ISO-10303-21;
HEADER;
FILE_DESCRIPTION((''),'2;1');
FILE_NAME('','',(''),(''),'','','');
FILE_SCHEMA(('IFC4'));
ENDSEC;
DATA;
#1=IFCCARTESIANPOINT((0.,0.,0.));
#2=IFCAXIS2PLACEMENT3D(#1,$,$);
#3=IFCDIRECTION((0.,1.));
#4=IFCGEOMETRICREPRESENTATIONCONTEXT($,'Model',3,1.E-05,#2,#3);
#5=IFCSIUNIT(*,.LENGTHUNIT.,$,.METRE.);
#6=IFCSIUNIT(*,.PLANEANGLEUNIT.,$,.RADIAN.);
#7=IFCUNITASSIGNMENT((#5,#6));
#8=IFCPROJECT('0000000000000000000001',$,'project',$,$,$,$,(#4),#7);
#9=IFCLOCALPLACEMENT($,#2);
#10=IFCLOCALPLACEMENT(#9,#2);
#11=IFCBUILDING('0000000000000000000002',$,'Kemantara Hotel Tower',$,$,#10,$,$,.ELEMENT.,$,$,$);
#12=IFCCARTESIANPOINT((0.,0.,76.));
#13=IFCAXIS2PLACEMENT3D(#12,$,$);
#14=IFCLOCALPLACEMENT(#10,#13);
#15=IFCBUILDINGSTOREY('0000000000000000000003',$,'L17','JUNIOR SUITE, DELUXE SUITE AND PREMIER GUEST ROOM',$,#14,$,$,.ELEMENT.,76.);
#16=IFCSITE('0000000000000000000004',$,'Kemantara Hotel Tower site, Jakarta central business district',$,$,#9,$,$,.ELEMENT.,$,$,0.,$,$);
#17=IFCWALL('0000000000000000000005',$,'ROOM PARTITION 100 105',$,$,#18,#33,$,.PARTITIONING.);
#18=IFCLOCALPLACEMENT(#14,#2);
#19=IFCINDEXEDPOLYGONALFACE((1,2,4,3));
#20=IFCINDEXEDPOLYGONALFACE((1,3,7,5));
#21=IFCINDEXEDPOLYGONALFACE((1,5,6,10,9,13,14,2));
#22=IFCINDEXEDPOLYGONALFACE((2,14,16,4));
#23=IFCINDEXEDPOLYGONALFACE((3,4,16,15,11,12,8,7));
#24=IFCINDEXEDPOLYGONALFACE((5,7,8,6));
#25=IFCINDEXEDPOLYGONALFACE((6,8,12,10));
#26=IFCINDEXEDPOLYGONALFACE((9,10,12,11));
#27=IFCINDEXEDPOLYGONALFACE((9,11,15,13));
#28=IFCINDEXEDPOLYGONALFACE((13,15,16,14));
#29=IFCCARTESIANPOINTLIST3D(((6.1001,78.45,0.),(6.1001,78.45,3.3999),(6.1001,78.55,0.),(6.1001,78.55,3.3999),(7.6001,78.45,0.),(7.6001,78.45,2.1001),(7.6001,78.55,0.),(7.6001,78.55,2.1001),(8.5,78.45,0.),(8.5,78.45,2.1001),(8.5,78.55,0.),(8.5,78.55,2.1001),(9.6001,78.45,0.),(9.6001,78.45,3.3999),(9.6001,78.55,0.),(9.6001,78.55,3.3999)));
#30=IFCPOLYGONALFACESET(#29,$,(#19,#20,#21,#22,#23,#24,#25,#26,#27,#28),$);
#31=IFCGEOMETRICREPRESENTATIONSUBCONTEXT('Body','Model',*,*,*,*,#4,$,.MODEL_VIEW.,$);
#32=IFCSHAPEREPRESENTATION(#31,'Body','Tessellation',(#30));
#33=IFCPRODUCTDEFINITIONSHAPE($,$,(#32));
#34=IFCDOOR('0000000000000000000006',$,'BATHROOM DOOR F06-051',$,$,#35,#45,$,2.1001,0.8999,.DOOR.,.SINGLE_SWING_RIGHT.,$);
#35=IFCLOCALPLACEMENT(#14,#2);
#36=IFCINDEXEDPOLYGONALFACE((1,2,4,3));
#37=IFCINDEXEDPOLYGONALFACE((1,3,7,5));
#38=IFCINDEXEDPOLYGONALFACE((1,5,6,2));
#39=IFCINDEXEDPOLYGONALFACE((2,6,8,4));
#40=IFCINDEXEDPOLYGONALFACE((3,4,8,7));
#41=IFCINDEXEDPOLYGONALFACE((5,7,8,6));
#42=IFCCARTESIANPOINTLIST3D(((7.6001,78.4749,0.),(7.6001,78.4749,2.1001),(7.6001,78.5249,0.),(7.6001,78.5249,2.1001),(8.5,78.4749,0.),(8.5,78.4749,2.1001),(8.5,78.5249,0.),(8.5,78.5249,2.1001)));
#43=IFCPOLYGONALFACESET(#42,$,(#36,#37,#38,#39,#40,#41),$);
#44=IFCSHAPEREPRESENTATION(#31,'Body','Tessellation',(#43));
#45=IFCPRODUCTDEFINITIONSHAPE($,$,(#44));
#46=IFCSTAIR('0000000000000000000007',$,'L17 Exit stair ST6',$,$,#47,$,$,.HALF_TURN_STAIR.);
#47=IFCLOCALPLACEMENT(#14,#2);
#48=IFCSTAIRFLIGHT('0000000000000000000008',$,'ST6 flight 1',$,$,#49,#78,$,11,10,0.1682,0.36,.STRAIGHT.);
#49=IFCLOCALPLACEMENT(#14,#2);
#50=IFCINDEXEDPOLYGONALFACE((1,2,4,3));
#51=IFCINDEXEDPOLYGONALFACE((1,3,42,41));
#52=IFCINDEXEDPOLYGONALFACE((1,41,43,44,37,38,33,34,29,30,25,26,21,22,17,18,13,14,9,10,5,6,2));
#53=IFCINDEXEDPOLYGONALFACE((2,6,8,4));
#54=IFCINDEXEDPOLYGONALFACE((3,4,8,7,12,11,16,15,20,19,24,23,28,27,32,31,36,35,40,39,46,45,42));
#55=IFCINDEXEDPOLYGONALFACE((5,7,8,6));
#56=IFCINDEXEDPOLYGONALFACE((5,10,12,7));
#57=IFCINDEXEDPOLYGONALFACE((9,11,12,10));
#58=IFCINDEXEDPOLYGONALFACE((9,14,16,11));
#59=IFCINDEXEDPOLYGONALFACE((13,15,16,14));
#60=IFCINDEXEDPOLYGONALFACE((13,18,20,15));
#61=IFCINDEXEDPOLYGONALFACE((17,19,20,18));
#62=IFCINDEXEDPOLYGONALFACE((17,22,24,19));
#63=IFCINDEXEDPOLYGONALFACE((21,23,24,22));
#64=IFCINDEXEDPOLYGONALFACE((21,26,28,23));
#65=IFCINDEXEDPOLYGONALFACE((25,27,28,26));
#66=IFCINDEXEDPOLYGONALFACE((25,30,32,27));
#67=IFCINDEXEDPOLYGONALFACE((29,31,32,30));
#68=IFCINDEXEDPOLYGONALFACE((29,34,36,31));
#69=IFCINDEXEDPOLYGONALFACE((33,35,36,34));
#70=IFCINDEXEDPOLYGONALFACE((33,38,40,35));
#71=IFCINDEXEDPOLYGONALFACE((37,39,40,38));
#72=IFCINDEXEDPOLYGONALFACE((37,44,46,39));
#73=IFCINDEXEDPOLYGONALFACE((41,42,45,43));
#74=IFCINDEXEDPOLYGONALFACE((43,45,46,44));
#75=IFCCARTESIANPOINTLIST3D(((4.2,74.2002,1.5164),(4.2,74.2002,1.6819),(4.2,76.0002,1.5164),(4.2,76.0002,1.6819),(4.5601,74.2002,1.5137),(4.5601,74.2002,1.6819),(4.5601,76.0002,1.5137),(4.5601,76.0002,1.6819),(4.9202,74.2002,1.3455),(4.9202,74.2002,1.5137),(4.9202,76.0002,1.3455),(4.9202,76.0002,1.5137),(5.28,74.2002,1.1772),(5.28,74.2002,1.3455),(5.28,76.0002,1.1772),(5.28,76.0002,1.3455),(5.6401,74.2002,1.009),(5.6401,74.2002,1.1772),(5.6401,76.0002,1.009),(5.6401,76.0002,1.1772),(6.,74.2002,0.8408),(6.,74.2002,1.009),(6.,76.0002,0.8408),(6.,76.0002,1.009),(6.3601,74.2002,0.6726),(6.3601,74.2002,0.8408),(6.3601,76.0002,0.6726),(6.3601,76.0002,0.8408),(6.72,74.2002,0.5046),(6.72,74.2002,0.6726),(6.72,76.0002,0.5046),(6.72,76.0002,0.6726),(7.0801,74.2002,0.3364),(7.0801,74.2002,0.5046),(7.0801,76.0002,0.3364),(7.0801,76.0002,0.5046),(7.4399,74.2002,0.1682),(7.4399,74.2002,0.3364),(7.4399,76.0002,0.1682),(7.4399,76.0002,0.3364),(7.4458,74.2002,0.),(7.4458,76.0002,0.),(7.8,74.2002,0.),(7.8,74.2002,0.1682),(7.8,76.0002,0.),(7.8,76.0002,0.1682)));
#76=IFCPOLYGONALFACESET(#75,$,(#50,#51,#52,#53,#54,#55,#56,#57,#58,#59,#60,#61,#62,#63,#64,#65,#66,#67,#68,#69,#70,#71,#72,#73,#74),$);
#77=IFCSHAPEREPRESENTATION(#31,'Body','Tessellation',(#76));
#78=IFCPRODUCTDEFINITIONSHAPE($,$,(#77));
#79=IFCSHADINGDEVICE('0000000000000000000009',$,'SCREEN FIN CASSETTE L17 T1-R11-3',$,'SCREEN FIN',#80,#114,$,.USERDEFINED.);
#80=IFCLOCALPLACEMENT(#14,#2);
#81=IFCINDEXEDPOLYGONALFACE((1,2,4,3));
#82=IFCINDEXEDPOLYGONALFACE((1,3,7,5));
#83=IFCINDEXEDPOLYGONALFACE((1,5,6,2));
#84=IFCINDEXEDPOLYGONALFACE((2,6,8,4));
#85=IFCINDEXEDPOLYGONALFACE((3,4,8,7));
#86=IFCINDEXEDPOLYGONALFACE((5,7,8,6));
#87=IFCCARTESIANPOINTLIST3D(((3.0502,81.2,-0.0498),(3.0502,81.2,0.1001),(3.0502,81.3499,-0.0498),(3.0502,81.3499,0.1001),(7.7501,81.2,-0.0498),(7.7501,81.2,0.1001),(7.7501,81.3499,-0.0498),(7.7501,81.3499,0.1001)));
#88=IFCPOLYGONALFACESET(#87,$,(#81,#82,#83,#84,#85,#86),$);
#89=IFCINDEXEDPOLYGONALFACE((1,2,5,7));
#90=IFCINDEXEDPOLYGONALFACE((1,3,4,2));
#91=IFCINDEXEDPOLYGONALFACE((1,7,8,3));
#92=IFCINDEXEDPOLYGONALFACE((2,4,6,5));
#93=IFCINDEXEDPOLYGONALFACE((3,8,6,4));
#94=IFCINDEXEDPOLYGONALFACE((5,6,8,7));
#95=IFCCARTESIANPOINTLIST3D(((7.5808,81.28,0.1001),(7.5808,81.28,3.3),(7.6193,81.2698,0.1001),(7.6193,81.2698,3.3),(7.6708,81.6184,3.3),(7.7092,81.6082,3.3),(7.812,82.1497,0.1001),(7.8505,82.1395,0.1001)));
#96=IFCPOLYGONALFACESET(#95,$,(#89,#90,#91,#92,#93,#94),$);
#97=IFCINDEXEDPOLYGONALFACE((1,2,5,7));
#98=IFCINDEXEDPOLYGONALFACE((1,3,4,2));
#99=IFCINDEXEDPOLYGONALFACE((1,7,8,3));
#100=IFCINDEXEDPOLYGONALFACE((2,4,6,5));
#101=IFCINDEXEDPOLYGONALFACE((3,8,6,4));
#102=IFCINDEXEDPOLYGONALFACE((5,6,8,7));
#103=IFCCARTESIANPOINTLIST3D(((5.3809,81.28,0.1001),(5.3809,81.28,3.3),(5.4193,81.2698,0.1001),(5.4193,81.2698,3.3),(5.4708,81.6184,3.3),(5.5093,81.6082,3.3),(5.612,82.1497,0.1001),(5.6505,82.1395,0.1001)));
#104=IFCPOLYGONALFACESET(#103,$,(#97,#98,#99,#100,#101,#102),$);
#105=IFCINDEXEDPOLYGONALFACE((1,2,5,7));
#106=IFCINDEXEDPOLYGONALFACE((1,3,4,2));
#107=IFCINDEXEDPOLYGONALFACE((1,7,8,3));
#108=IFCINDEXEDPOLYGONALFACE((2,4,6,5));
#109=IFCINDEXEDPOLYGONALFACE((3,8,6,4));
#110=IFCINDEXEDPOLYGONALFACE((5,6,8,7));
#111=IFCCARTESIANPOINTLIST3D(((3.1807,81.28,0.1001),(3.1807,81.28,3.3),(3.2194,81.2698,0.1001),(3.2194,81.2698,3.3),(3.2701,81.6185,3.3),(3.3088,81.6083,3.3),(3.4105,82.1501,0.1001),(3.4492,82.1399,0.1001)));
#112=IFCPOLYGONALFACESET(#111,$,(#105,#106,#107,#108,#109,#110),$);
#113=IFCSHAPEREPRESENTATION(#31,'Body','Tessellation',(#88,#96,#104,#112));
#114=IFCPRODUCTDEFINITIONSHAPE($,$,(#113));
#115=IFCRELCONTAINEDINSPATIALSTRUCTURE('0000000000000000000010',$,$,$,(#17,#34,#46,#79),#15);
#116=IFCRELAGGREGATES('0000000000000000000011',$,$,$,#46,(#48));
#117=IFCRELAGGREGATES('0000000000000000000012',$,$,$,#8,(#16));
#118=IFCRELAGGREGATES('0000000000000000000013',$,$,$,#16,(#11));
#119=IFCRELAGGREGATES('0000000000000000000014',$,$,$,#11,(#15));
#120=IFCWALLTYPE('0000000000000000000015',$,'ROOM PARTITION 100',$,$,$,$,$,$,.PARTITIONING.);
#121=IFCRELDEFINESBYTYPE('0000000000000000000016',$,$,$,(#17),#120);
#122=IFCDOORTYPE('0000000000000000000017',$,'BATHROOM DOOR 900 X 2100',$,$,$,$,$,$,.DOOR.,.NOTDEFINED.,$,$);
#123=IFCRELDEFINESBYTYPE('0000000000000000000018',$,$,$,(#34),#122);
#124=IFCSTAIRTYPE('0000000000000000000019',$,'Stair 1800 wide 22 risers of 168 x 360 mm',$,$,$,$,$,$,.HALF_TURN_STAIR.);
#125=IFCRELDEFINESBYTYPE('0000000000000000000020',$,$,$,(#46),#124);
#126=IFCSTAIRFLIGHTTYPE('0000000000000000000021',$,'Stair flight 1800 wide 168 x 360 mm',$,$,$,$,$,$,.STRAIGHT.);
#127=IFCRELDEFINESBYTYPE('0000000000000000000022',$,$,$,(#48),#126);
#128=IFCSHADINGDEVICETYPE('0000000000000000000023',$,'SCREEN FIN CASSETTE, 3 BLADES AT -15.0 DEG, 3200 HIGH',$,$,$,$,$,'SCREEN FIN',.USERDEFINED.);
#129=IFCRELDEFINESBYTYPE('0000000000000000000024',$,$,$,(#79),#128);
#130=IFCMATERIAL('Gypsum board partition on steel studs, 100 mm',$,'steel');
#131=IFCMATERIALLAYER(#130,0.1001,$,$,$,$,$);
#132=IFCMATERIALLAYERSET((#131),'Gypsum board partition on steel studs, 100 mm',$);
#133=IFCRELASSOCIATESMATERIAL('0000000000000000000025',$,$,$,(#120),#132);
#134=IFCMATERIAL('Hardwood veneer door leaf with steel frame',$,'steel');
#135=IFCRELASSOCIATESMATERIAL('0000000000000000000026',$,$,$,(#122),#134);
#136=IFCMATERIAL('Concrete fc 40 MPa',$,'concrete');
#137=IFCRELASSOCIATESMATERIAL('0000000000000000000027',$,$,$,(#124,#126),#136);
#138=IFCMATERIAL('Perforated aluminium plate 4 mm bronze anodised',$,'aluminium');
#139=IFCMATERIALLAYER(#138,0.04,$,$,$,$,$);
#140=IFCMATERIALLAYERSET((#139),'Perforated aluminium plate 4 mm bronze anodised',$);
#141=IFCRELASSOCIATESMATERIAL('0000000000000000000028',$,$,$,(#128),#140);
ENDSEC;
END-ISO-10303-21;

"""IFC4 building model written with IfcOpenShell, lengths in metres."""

from ifc_helpers import new_model, si_unit, direction, frame, frame_2d, origin, origin_2d, place, context, subcontext, project, spatial, polyline, rectangle, outline, extrude, source, transform, mapped, material, layer, layer_set, type_object, element, fill, aggregate, save


model = new_model("IFC4")

# Units and contexts
model_context = context("Model", 3, precision=1e-05, world=origin(), true_north=direction((0.0, 1.0)))
body_context = subcontext(model_context, "Body", "Model", "MODEL_VIEW")
ifc_project = project(units=[si_unit("LENGTHUNIT", "METRE"), si_unit("PLANEANGLEUNIT", "RADIAN")], contexts=[model_context])

# Site, building, storey
site_placement = place(None, origin())
site = spatial("IfcSite", under=ifc_project, at=site_placement, Name="Kemantara Hotel Tower site, Jakarta central business district", CompositionType="ELEMENT", RefElevation=0.0)
building_placement = place(site_placement, origin())
building = spatial("IfcBuilding", under=site, at=building_placement, Name="Kemantara Hotel Tower", CompositionType="ELEMENT")
storey_placement = place(building_placement, frame((0.0, 0.0, 76.0)))
storey = spatial("IfcBuildingStorey", under=building, at=storey_placement, Name="L17", Description="JUNIOR SUITE, DELUXE SUITE AND PREMIER GUEST ROOM", CompositionType="ELEMENT", Elevation=76.0)

# Shared definitions
ifc_material_1 = material(Name="Hardwood veneer door leaf with steel frame", Category="steel")
ifc_material_2 = material(Name="Concrete fc 40 MPa", Category="concrete")

# Shared definitions
ifc_material_3 = material(Name="Gypsum board partition on steel studs, 100 mm", Category="steel")
ifc_layer_1 = layer(ifc_material_3, 0.1001)
ifc_layer_set_1 = layer_set([ifc_layer_1], Name="Gypsum board partition on steel studs, 100 mm")
wall_type_1 = type_object("IfcWallType", Name="ROOM PARTITION 100", PredefinedType="PARTITIONING", material=ifc_layer_set_1)

# Wall, opening, door
wall_1_placement = place(storey_placement, frame((6.1001, 78.5, 0.0), z_axis=(0.0, 0.0, 1.0), x_axis=(1.0, 0.0, 0.0)))
wall_1 = element("IfcWall", 1, at=wall_1_placement, inside=storey, type_object=wall_type_1, Name="ROOM PARTITION 100 105", PredefinedType="PARTITIONING", context=body_context, shape_type="SweptSolid", body=[
    extrude(rectangle(XDim=3.5, YDim=0.1001, at=frame_2d((1.75, 0.0))), origin(), (0.0, 0.0, 1.0), 3.3999),
])
opening_1_placement = place(wall_1_placement, frame((1.5, 0.0, 0.0)))
opening_1 = element("IfcOpeningElement", 2, at=opening_1_placement, cuts=wall_1, PredefinedType="OPENING", context=body_context, shape_type="SweptSolid", body=[
    extrude(rectangle(XDim=0.8999, YDim=2.1001, at=frame_2d((0.45, 1.05))), frame((0.0, 0.0601, 0.0), z_axis=(0.0, -1.0, 0.0), x_axis=(1.0, 0.0, 0.0)), (0.0, 0.0, 1.0), 0.1201),
])
door_type_1 = type_object("IfcDoorType", Name="BATHROOM DOOR 900 X 2100", OperationType="NOTDEFINED", PredefinedType="DOOR", material=ifc_material_1)
door_1_placement = place(opening_1_placement, origin())
door_1 = element("IfcDoor", 3, at=door_1_placement, inside=storey, type_object=door_type_1, Name="BATHROOM DOOR F06-051", OperationType="SINGLE_SWING_RIGHT", OverallHeight=2.1001, OverallWidth=0.8999, PredefinedType="DOOR", context=body_context, shape_type="SweptSolid", body=[
    extrude(rectangle(XDim=0.8999, YDim=2.1001, at=frame_2d((0.45, 1.05))), frame((0.0, 0.0249, 0.0), z_axis=(0.0, -1.0, 0.0), x_axis=(1.0, 0.0, 0.0)), (0.0, 0.0, 1.0), 0.05),
])
fill(opening_1, door_1)

# Stair, stair flight
stair_type = type_object("IfcStairType", Name="Stair 1800 wide 22 risers of 168 x 360 mm", PredefinedType="HALF_TURN_STAIR", material=ifc_material_2)
stair_placement = place(storey_placement, origin())
stair = element("IfcStair", 4, at=stair_placement, inside=storey, type_object=stair_type, Name="L17 Exit stair ST6", PredefinedType="HALF_TURN_STAIR")
stair_flight_type = type_object("IfcStairFlightType", Name="Stair flight 1800 wide 168 x 360 mm", PredefinedType="STRAIGHT", material=ifc_material_2)
stair_flight_placement = place(storey_placement, frame((7.8, 75.1001, 0.0), z_axis=(0.0, 0.0, 1.0), x_axis=(-1.0, 0.0, 0.0)))
stair_flight = element("IfcStairFlight", 5, at=stair_flight_placement, type_object=stair_flight_type, Name="ST6 flight 1", NumberOfRisers=11, NumberOfTreads=10, PredefinedType="STRAIGHT", RiserHeight=0.1682, TreadLength=0.36, context=body_context, shape_type="SweptSolid", body=[
    extrude(outline(polyline([(0.0, 0.0), (0.0, 0.1682), (0.3601, 0.1682), (0.3601, 0.3364), (0.72, 0.3364), (0.72, 0.5046), (1.0801, 0.5046), (1.0801, 0.6726), (1.4399, 0.6726), (1.4399, 0.8408), (1.8, 0.8408), (1.8, 1.009), (2.1599, 1.009), (2.1599, 1.1772), (2.52, 1.1772), (2.52, 1.3455), (2.8799, 1.3455), (2.8799, 1.5137), (3.24, 1.5137), (3.24, 1.6819), (3.6001, 1.6819), (3.6001, 1.8501), (3.6001, 1.5164), (0.3542, 0.0), (0.0, 0.0)])), frame((0.0, 0.8999, 0.0), z_axis=(0.0, -1.0, 0.0), x_axis=(1.0, 0.0, 0.0)), (0.0, 0.0, 1.0), 1.8),
])
aggregate(stair, [stair_flight])

# Shading device
ifc_material_4 = material(Name="Perforated aluminium plate 4 mm bronze anodised", Category="aluminium")
ifc_layer_2 = layer(ifc_material_4, 0.04)
ifc_layer_set_2 = layer_set([ifc_layer_2], Name="Perforated aluminium plate 4 mm bronze anodised")
shading_device_type = type_object("IfcShadingDeviceType", Name="SCREEN FIN CASSETTE, 3 BLADES AT -15.0 DEG, 3200 HIGH", ElementType="SCREEN FIN", PredefinedType="USERDEFINED", material=ifc_layer_set_2)
shared_shape_1 = source(origin(), body_context, "Body", "SweptSolid", [
    extrude(rectangle(XDim=4.7, YDim=0.1499, at=origin_2d()), frame((2.2, -0.075, -0.1499), z_axis=(0.0, 0.0, 1.0), x_axis=(1.0, 0.0, 0.0)), (0.0, 0.0, 1.0), 0.1499),
    extrude(outline(polyline([(0.0, 0.0), (0.8999, 0.0), (0.3501, 3.2), (0.0, 3.2), (0.0, 0.0)])), frame((0.0193, -0.0801, 0.0), z_axis=(-0.966438, 0.256901, 0.0), x_axis=(-0.256901, -0.966438, 0.0)), (0.0, 0.0, 1.0), 0.0398),
    extrude(outline(polyline([(0.0, 0.0), (0.8999, 0.0), (0.3501, 3.2), (0.0, 3.2), (0.0, 0.0)])), frame((2.2192, -0.0801, 0.0), z_axis=(-0.966438, 0.256901, 0.0), x_axis=(-0.256901, -0.966438, 0.0)), (0.0, 0.0, 1.0), 0.0398),
    extrude(outline(polyline([(0.0, 0.0), (0.8999, 0.0), (0.3501, 3.2), (0.0, 3.2), (0.0, 0.0)])), frame((4.4194, -0.0801, 0.0), z_axis=(-0.966838, 0.255391, 0.0), x_axis=(-0.255391, -0.966838, 0.0)), (0.0, 0.0, 1.0), 0.04),
])
shading_device_placement = place(storey_placement, frame((7.6001, 81.2, 0.1001), z_axis=(0.0, 0.0, 1.0), x_axis=(-1.0, 0.0, 0.0)))
element("IfcShadingDevice", 6, at=shading_device_placement, inside=storey, type_object=shading_device_type, Name="SCREEN FIN CASSETTE L17 T1-R11-3", ObjectType="SCREEN FIN", PredefinedType="USERDEFINED", context=body_context, shape_type="MappedRepresentation", body=[
    mapped(shared_shape_1, transform((0.0, 0.0, 0.0))),
])

save(model, "model.ifc")
